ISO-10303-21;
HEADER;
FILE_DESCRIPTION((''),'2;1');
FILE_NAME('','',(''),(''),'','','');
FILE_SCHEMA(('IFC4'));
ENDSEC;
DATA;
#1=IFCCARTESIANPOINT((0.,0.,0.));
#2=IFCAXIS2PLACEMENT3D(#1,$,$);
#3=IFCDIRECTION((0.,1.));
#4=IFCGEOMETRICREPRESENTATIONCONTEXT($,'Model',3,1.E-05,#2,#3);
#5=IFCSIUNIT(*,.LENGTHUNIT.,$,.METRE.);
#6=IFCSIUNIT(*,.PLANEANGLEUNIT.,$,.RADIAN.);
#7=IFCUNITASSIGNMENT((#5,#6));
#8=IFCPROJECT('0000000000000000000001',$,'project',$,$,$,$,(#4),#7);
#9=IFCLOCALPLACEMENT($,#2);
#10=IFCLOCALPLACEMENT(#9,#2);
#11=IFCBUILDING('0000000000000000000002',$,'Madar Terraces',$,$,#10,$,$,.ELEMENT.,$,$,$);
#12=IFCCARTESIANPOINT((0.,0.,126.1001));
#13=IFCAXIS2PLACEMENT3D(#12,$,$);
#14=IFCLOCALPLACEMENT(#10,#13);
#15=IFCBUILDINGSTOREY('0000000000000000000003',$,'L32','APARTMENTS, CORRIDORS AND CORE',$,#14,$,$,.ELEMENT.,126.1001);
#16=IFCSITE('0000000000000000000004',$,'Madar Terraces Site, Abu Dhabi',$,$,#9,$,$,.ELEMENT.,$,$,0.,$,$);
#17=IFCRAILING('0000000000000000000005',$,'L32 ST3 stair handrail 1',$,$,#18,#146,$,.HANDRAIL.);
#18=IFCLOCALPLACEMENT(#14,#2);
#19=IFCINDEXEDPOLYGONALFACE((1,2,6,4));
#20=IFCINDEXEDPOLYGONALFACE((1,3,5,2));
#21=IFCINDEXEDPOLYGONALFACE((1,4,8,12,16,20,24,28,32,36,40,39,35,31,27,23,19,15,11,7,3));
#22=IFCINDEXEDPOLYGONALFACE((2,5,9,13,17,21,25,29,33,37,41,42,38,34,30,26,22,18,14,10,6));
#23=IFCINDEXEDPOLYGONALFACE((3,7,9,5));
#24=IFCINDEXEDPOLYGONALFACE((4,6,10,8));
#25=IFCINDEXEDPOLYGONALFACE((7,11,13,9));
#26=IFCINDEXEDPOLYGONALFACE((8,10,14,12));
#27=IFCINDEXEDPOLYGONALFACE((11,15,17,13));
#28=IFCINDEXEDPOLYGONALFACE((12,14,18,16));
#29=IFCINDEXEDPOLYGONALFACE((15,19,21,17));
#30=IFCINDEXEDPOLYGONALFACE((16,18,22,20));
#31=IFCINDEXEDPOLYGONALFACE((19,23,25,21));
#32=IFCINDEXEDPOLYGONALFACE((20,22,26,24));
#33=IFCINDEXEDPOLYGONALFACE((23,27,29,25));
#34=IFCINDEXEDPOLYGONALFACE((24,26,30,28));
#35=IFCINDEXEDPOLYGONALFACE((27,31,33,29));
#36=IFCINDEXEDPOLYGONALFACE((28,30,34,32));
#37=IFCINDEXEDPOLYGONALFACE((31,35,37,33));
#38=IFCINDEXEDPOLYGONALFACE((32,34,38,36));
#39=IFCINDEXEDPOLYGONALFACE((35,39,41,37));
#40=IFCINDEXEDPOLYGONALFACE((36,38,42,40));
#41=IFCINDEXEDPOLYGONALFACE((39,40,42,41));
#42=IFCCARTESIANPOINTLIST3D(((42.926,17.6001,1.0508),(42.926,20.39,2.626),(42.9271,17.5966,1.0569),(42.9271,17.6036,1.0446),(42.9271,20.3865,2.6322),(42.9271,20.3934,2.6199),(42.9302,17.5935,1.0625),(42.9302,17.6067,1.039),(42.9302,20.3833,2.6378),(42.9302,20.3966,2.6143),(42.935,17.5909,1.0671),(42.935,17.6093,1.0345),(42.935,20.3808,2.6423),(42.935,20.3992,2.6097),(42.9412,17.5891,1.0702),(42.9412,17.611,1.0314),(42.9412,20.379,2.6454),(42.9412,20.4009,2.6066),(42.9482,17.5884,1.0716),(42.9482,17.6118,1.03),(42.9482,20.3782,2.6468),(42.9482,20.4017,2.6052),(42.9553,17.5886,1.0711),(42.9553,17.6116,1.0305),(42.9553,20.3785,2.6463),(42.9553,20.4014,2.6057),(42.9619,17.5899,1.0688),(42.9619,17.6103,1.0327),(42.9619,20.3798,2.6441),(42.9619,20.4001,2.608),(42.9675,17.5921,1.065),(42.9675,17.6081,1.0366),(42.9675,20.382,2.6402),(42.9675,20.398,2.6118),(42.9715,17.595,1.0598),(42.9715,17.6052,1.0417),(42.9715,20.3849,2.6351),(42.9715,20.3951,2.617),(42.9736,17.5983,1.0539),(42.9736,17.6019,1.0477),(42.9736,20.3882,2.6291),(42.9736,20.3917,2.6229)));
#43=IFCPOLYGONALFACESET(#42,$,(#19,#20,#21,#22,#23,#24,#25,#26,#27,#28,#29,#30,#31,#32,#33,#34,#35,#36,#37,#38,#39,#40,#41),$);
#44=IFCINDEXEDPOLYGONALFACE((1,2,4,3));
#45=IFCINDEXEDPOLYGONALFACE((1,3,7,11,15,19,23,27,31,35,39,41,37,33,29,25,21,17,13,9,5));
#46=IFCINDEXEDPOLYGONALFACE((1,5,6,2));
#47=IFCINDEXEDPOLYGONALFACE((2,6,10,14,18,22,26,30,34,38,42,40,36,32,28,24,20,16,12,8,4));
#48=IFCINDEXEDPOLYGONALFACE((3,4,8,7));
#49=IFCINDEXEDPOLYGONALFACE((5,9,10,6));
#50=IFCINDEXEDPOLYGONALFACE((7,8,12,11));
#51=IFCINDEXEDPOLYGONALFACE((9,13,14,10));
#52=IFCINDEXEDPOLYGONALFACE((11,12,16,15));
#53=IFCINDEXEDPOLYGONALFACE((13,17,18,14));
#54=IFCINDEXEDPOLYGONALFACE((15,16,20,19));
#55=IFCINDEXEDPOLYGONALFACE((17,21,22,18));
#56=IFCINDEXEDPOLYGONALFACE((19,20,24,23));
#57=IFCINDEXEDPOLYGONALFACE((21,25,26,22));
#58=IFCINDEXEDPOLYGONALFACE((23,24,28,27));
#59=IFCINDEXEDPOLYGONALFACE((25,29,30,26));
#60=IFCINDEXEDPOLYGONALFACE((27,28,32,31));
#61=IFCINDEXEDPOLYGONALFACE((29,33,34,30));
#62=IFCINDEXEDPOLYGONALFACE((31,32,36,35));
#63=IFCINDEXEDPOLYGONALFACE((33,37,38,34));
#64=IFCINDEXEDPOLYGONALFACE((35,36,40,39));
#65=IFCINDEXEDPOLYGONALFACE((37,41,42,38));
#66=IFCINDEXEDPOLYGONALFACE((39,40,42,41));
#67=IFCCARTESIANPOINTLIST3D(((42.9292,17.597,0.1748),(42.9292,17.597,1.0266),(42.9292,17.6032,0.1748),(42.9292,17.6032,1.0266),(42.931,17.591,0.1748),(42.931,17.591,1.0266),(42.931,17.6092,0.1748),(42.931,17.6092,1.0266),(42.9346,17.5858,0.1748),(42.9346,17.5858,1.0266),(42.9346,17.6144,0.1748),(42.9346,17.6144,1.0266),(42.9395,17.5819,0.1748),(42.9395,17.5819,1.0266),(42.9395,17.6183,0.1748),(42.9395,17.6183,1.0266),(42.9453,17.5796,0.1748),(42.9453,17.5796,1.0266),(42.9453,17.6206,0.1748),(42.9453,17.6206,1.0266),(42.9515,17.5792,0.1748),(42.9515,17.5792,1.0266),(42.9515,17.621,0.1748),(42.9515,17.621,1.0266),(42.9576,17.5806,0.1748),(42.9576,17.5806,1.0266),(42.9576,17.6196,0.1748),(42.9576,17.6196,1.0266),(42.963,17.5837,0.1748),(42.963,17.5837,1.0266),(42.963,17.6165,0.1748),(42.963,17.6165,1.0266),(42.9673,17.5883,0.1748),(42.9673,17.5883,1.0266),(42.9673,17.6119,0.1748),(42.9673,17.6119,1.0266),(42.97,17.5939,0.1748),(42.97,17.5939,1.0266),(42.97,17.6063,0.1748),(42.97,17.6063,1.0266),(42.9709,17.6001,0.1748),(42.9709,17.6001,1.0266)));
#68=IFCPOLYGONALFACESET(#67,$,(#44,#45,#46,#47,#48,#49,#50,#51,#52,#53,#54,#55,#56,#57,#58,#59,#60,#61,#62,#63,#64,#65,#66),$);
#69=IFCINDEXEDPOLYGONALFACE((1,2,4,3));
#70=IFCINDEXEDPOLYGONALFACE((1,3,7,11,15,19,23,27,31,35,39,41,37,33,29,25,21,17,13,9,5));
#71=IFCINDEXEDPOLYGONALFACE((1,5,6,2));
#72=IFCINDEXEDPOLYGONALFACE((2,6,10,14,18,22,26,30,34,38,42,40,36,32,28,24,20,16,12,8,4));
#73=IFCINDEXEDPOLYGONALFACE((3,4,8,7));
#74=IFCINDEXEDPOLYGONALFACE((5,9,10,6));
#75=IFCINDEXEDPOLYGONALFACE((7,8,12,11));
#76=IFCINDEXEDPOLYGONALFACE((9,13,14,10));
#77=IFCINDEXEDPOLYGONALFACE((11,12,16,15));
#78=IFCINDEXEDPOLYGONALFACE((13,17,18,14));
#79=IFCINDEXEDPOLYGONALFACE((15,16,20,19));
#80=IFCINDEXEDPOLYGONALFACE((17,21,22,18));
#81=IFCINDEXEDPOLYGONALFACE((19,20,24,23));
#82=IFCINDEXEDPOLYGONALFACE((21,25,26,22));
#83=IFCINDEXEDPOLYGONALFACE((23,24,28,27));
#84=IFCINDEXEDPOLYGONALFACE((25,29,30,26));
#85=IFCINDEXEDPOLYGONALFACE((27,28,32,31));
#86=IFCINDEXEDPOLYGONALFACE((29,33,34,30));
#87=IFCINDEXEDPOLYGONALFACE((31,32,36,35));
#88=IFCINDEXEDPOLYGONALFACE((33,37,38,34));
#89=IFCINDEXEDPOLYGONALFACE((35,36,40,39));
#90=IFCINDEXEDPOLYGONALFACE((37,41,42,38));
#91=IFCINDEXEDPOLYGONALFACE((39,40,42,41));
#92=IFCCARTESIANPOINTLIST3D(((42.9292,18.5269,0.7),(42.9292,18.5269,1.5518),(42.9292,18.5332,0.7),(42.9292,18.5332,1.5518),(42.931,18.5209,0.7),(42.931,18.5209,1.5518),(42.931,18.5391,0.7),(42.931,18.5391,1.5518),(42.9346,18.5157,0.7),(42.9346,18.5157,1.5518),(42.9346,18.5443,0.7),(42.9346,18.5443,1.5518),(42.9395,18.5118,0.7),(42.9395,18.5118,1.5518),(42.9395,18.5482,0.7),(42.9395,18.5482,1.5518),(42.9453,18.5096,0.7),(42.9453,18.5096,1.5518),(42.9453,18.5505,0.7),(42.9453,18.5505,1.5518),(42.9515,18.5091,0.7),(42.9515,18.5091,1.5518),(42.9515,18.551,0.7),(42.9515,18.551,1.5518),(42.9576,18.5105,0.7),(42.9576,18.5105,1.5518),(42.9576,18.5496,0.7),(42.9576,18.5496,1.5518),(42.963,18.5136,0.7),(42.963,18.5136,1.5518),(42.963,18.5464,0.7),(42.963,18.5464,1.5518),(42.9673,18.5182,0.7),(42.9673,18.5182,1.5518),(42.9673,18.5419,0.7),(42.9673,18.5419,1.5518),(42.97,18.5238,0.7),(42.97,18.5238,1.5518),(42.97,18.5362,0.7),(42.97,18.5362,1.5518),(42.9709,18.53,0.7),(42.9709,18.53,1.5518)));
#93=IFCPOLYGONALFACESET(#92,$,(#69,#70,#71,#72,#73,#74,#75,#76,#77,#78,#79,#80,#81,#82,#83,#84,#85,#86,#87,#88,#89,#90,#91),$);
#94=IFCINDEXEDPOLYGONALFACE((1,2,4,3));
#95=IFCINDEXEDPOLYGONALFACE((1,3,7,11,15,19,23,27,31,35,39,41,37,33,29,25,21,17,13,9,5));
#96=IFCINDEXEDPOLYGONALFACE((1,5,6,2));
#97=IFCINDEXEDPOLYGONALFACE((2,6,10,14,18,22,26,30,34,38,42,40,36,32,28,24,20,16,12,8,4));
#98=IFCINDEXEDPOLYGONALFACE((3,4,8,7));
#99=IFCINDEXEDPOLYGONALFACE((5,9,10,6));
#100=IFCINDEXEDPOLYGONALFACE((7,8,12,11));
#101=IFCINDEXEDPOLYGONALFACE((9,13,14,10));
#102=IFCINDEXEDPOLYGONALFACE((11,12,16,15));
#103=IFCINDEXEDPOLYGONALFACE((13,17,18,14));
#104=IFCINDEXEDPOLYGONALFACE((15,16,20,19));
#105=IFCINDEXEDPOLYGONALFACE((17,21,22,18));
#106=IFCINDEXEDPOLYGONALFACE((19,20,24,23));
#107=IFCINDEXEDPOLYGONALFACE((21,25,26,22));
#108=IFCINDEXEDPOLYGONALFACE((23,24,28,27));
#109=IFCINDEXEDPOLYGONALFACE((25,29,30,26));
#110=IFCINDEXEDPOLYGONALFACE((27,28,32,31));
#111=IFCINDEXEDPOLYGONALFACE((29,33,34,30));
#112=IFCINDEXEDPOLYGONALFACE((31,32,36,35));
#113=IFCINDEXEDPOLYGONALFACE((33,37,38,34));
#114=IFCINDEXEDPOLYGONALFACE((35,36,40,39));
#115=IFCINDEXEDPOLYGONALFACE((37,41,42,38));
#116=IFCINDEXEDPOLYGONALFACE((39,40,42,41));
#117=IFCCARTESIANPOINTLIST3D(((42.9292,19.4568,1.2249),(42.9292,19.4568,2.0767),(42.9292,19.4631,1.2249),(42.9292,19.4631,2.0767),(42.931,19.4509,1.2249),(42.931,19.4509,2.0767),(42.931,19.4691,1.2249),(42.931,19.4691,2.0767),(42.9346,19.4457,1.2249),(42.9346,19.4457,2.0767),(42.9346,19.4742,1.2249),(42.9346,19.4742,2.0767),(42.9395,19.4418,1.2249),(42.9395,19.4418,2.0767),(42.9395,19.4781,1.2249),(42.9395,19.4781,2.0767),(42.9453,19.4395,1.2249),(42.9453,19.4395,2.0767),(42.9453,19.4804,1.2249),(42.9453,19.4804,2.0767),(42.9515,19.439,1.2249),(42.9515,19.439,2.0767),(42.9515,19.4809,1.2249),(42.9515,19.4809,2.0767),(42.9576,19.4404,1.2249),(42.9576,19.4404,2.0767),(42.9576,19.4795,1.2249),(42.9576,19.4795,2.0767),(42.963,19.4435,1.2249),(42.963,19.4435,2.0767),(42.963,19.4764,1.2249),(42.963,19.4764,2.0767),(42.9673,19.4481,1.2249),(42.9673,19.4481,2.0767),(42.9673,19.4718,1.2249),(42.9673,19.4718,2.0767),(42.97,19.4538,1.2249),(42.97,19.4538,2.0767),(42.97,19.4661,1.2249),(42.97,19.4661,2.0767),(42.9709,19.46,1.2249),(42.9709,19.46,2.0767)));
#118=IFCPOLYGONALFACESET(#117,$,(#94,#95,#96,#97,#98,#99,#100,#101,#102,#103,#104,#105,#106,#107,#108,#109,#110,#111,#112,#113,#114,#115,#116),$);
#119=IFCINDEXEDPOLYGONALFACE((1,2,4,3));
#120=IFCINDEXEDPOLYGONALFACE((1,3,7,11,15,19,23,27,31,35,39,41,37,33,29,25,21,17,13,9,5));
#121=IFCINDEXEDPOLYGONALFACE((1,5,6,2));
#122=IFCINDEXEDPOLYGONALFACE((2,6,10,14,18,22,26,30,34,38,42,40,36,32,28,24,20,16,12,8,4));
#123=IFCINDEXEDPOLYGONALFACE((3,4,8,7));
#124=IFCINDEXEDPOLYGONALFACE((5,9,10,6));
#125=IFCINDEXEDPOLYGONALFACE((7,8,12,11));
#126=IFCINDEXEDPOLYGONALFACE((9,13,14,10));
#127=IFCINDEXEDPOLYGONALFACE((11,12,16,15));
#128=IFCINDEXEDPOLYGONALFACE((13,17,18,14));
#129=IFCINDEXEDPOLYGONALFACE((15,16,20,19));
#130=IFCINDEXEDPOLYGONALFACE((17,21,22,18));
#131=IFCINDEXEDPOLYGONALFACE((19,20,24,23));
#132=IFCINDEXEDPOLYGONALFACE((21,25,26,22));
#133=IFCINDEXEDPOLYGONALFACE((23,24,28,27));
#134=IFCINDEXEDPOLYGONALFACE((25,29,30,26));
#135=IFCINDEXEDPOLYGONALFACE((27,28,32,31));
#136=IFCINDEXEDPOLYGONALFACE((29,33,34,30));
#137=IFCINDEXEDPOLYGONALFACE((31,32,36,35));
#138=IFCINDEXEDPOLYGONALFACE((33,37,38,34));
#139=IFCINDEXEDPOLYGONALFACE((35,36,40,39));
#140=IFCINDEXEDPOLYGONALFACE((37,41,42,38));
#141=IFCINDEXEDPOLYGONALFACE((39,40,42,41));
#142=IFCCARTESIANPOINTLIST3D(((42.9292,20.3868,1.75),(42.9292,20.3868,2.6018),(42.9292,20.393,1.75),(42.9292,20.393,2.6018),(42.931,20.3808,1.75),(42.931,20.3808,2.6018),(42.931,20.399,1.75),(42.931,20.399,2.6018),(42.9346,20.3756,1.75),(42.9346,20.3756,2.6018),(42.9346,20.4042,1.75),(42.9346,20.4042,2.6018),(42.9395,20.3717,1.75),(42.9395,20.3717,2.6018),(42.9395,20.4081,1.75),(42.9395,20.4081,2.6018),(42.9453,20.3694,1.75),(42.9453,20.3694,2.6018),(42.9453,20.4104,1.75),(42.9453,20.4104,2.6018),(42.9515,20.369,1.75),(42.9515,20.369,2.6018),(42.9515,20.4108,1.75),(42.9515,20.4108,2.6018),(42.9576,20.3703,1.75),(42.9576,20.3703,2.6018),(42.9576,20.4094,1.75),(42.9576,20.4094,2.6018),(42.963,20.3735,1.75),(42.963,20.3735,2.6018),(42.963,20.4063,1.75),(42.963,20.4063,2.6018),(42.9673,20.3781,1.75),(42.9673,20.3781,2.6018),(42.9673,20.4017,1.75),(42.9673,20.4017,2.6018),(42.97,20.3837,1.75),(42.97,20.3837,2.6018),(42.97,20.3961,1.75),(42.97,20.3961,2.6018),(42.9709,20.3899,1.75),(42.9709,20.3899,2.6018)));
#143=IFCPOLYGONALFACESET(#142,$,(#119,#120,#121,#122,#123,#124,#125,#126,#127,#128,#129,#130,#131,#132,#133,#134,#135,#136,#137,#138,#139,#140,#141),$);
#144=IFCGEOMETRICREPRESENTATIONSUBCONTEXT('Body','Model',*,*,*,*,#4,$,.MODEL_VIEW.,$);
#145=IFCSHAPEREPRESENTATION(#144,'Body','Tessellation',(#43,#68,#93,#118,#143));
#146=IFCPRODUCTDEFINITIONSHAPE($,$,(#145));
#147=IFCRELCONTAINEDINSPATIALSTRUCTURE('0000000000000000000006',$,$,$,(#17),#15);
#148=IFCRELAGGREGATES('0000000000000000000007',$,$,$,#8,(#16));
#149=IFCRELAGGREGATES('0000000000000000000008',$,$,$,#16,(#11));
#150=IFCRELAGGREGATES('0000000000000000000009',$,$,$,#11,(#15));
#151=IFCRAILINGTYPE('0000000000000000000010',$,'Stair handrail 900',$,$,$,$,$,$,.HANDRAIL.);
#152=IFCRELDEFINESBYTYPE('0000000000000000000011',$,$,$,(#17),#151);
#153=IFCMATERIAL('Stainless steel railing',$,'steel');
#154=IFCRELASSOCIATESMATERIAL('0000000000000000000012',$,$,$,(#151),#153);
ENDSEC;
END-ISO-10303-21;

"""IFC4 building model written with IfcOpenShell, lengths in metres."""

from ifc_helpers import new_model, si_unit, direction, frame, origin, origin_2d, place, context, subcontext, project, spatial, circle, extrude, material, type_object, element, save


model = new_model("IFC4")

# Units and contexts
model_context = context("Model", 3, precision=1e-05, world=origin(), true_north=direction((0.0, 1.0)))
body_context = subcontext(model_context, "Body", "Model", "MODEL_VIEW")
ifc_project = project(units=[si_unit("LENGTHUNIT", "METRE"), si_unit("PLANEANGLEUNIT", "RADIAN")], contexts=[model_context])

# Site, building, storey
site_placement = place(None, origin())
site = spatial("IfcSite", under=ifc_project, at=site_placement, Name="Madar Terraces Site, Abu Dhabi", CompositionType="ELEMENT", RefElevation=0.0)
building_placement = place(site_placement, origin())
building = spatial("IfcBuilding", under=site, at=building_placement, Name="Madar Terraces", CompositionType="ELEMENT")
storey_placement = place(building_placement, frame((0.0, 0.0, 126.1001)))
storey = spatial("IfcBuildingStorey", under=building, at=storey_placement, Name="L32", Description="APARTMENTS, CORRIDORS AND CORE", CompositionType="ELEMENT", Elevation=126.1001)

# Railing
ifc_material_1 = material(Name="Stainless steel railing", Category="steel")
railing_type_1 = type_object("IfcRailingType", Name="Stair handrail 900", PredefinedType="HANDRAIL", material=ifc_material_1)
railing_1_placement = place(storey_placement, frame((42.95, 17.6001, 0.1748)))
element("IfcRailing", 1, at=railing_1_placement, inside=storey, type_object=railing_type_1, Name="L32 ST3 stair handrail 1", PredefinedType="HANDRAIL", context=body_context, shape_type="SweptSolid", body=[
    extrude(circle(Radius=0.0239, at=origin_2d()), frame((0.0, 0.0, 0.876), z_axis=(0.0, 0.870783, 0.491668), x_axis=(-1.0, 0.0, 0.0)), (0.0, 0.0, 1.0), 3.2039),
    extrude(circle(Radius=0.021, at=origin_2d()), origin(), (0.0, 0.0, 1.0), 0.8518),
    extrude(circle(Radius=0.021, at=origin_2d()), frame((0.0, 0.9299, 0.5251)), (0.0, 0.0, 1.0), 0.8518),
    extrude(circle(Radius=0.021, at=origin_2d()), frame((0.0, 1.8599, 1.05)), (0.0, 0.0, 1.0), 0.8518),
    extrude(circle(Radius=0.021, at=origin_2d()), frame((0.0, 2.7898, 1.5752)), (0.0, 0.0, 1.0), 0.8518),
])

save(model, "model.ifc")
